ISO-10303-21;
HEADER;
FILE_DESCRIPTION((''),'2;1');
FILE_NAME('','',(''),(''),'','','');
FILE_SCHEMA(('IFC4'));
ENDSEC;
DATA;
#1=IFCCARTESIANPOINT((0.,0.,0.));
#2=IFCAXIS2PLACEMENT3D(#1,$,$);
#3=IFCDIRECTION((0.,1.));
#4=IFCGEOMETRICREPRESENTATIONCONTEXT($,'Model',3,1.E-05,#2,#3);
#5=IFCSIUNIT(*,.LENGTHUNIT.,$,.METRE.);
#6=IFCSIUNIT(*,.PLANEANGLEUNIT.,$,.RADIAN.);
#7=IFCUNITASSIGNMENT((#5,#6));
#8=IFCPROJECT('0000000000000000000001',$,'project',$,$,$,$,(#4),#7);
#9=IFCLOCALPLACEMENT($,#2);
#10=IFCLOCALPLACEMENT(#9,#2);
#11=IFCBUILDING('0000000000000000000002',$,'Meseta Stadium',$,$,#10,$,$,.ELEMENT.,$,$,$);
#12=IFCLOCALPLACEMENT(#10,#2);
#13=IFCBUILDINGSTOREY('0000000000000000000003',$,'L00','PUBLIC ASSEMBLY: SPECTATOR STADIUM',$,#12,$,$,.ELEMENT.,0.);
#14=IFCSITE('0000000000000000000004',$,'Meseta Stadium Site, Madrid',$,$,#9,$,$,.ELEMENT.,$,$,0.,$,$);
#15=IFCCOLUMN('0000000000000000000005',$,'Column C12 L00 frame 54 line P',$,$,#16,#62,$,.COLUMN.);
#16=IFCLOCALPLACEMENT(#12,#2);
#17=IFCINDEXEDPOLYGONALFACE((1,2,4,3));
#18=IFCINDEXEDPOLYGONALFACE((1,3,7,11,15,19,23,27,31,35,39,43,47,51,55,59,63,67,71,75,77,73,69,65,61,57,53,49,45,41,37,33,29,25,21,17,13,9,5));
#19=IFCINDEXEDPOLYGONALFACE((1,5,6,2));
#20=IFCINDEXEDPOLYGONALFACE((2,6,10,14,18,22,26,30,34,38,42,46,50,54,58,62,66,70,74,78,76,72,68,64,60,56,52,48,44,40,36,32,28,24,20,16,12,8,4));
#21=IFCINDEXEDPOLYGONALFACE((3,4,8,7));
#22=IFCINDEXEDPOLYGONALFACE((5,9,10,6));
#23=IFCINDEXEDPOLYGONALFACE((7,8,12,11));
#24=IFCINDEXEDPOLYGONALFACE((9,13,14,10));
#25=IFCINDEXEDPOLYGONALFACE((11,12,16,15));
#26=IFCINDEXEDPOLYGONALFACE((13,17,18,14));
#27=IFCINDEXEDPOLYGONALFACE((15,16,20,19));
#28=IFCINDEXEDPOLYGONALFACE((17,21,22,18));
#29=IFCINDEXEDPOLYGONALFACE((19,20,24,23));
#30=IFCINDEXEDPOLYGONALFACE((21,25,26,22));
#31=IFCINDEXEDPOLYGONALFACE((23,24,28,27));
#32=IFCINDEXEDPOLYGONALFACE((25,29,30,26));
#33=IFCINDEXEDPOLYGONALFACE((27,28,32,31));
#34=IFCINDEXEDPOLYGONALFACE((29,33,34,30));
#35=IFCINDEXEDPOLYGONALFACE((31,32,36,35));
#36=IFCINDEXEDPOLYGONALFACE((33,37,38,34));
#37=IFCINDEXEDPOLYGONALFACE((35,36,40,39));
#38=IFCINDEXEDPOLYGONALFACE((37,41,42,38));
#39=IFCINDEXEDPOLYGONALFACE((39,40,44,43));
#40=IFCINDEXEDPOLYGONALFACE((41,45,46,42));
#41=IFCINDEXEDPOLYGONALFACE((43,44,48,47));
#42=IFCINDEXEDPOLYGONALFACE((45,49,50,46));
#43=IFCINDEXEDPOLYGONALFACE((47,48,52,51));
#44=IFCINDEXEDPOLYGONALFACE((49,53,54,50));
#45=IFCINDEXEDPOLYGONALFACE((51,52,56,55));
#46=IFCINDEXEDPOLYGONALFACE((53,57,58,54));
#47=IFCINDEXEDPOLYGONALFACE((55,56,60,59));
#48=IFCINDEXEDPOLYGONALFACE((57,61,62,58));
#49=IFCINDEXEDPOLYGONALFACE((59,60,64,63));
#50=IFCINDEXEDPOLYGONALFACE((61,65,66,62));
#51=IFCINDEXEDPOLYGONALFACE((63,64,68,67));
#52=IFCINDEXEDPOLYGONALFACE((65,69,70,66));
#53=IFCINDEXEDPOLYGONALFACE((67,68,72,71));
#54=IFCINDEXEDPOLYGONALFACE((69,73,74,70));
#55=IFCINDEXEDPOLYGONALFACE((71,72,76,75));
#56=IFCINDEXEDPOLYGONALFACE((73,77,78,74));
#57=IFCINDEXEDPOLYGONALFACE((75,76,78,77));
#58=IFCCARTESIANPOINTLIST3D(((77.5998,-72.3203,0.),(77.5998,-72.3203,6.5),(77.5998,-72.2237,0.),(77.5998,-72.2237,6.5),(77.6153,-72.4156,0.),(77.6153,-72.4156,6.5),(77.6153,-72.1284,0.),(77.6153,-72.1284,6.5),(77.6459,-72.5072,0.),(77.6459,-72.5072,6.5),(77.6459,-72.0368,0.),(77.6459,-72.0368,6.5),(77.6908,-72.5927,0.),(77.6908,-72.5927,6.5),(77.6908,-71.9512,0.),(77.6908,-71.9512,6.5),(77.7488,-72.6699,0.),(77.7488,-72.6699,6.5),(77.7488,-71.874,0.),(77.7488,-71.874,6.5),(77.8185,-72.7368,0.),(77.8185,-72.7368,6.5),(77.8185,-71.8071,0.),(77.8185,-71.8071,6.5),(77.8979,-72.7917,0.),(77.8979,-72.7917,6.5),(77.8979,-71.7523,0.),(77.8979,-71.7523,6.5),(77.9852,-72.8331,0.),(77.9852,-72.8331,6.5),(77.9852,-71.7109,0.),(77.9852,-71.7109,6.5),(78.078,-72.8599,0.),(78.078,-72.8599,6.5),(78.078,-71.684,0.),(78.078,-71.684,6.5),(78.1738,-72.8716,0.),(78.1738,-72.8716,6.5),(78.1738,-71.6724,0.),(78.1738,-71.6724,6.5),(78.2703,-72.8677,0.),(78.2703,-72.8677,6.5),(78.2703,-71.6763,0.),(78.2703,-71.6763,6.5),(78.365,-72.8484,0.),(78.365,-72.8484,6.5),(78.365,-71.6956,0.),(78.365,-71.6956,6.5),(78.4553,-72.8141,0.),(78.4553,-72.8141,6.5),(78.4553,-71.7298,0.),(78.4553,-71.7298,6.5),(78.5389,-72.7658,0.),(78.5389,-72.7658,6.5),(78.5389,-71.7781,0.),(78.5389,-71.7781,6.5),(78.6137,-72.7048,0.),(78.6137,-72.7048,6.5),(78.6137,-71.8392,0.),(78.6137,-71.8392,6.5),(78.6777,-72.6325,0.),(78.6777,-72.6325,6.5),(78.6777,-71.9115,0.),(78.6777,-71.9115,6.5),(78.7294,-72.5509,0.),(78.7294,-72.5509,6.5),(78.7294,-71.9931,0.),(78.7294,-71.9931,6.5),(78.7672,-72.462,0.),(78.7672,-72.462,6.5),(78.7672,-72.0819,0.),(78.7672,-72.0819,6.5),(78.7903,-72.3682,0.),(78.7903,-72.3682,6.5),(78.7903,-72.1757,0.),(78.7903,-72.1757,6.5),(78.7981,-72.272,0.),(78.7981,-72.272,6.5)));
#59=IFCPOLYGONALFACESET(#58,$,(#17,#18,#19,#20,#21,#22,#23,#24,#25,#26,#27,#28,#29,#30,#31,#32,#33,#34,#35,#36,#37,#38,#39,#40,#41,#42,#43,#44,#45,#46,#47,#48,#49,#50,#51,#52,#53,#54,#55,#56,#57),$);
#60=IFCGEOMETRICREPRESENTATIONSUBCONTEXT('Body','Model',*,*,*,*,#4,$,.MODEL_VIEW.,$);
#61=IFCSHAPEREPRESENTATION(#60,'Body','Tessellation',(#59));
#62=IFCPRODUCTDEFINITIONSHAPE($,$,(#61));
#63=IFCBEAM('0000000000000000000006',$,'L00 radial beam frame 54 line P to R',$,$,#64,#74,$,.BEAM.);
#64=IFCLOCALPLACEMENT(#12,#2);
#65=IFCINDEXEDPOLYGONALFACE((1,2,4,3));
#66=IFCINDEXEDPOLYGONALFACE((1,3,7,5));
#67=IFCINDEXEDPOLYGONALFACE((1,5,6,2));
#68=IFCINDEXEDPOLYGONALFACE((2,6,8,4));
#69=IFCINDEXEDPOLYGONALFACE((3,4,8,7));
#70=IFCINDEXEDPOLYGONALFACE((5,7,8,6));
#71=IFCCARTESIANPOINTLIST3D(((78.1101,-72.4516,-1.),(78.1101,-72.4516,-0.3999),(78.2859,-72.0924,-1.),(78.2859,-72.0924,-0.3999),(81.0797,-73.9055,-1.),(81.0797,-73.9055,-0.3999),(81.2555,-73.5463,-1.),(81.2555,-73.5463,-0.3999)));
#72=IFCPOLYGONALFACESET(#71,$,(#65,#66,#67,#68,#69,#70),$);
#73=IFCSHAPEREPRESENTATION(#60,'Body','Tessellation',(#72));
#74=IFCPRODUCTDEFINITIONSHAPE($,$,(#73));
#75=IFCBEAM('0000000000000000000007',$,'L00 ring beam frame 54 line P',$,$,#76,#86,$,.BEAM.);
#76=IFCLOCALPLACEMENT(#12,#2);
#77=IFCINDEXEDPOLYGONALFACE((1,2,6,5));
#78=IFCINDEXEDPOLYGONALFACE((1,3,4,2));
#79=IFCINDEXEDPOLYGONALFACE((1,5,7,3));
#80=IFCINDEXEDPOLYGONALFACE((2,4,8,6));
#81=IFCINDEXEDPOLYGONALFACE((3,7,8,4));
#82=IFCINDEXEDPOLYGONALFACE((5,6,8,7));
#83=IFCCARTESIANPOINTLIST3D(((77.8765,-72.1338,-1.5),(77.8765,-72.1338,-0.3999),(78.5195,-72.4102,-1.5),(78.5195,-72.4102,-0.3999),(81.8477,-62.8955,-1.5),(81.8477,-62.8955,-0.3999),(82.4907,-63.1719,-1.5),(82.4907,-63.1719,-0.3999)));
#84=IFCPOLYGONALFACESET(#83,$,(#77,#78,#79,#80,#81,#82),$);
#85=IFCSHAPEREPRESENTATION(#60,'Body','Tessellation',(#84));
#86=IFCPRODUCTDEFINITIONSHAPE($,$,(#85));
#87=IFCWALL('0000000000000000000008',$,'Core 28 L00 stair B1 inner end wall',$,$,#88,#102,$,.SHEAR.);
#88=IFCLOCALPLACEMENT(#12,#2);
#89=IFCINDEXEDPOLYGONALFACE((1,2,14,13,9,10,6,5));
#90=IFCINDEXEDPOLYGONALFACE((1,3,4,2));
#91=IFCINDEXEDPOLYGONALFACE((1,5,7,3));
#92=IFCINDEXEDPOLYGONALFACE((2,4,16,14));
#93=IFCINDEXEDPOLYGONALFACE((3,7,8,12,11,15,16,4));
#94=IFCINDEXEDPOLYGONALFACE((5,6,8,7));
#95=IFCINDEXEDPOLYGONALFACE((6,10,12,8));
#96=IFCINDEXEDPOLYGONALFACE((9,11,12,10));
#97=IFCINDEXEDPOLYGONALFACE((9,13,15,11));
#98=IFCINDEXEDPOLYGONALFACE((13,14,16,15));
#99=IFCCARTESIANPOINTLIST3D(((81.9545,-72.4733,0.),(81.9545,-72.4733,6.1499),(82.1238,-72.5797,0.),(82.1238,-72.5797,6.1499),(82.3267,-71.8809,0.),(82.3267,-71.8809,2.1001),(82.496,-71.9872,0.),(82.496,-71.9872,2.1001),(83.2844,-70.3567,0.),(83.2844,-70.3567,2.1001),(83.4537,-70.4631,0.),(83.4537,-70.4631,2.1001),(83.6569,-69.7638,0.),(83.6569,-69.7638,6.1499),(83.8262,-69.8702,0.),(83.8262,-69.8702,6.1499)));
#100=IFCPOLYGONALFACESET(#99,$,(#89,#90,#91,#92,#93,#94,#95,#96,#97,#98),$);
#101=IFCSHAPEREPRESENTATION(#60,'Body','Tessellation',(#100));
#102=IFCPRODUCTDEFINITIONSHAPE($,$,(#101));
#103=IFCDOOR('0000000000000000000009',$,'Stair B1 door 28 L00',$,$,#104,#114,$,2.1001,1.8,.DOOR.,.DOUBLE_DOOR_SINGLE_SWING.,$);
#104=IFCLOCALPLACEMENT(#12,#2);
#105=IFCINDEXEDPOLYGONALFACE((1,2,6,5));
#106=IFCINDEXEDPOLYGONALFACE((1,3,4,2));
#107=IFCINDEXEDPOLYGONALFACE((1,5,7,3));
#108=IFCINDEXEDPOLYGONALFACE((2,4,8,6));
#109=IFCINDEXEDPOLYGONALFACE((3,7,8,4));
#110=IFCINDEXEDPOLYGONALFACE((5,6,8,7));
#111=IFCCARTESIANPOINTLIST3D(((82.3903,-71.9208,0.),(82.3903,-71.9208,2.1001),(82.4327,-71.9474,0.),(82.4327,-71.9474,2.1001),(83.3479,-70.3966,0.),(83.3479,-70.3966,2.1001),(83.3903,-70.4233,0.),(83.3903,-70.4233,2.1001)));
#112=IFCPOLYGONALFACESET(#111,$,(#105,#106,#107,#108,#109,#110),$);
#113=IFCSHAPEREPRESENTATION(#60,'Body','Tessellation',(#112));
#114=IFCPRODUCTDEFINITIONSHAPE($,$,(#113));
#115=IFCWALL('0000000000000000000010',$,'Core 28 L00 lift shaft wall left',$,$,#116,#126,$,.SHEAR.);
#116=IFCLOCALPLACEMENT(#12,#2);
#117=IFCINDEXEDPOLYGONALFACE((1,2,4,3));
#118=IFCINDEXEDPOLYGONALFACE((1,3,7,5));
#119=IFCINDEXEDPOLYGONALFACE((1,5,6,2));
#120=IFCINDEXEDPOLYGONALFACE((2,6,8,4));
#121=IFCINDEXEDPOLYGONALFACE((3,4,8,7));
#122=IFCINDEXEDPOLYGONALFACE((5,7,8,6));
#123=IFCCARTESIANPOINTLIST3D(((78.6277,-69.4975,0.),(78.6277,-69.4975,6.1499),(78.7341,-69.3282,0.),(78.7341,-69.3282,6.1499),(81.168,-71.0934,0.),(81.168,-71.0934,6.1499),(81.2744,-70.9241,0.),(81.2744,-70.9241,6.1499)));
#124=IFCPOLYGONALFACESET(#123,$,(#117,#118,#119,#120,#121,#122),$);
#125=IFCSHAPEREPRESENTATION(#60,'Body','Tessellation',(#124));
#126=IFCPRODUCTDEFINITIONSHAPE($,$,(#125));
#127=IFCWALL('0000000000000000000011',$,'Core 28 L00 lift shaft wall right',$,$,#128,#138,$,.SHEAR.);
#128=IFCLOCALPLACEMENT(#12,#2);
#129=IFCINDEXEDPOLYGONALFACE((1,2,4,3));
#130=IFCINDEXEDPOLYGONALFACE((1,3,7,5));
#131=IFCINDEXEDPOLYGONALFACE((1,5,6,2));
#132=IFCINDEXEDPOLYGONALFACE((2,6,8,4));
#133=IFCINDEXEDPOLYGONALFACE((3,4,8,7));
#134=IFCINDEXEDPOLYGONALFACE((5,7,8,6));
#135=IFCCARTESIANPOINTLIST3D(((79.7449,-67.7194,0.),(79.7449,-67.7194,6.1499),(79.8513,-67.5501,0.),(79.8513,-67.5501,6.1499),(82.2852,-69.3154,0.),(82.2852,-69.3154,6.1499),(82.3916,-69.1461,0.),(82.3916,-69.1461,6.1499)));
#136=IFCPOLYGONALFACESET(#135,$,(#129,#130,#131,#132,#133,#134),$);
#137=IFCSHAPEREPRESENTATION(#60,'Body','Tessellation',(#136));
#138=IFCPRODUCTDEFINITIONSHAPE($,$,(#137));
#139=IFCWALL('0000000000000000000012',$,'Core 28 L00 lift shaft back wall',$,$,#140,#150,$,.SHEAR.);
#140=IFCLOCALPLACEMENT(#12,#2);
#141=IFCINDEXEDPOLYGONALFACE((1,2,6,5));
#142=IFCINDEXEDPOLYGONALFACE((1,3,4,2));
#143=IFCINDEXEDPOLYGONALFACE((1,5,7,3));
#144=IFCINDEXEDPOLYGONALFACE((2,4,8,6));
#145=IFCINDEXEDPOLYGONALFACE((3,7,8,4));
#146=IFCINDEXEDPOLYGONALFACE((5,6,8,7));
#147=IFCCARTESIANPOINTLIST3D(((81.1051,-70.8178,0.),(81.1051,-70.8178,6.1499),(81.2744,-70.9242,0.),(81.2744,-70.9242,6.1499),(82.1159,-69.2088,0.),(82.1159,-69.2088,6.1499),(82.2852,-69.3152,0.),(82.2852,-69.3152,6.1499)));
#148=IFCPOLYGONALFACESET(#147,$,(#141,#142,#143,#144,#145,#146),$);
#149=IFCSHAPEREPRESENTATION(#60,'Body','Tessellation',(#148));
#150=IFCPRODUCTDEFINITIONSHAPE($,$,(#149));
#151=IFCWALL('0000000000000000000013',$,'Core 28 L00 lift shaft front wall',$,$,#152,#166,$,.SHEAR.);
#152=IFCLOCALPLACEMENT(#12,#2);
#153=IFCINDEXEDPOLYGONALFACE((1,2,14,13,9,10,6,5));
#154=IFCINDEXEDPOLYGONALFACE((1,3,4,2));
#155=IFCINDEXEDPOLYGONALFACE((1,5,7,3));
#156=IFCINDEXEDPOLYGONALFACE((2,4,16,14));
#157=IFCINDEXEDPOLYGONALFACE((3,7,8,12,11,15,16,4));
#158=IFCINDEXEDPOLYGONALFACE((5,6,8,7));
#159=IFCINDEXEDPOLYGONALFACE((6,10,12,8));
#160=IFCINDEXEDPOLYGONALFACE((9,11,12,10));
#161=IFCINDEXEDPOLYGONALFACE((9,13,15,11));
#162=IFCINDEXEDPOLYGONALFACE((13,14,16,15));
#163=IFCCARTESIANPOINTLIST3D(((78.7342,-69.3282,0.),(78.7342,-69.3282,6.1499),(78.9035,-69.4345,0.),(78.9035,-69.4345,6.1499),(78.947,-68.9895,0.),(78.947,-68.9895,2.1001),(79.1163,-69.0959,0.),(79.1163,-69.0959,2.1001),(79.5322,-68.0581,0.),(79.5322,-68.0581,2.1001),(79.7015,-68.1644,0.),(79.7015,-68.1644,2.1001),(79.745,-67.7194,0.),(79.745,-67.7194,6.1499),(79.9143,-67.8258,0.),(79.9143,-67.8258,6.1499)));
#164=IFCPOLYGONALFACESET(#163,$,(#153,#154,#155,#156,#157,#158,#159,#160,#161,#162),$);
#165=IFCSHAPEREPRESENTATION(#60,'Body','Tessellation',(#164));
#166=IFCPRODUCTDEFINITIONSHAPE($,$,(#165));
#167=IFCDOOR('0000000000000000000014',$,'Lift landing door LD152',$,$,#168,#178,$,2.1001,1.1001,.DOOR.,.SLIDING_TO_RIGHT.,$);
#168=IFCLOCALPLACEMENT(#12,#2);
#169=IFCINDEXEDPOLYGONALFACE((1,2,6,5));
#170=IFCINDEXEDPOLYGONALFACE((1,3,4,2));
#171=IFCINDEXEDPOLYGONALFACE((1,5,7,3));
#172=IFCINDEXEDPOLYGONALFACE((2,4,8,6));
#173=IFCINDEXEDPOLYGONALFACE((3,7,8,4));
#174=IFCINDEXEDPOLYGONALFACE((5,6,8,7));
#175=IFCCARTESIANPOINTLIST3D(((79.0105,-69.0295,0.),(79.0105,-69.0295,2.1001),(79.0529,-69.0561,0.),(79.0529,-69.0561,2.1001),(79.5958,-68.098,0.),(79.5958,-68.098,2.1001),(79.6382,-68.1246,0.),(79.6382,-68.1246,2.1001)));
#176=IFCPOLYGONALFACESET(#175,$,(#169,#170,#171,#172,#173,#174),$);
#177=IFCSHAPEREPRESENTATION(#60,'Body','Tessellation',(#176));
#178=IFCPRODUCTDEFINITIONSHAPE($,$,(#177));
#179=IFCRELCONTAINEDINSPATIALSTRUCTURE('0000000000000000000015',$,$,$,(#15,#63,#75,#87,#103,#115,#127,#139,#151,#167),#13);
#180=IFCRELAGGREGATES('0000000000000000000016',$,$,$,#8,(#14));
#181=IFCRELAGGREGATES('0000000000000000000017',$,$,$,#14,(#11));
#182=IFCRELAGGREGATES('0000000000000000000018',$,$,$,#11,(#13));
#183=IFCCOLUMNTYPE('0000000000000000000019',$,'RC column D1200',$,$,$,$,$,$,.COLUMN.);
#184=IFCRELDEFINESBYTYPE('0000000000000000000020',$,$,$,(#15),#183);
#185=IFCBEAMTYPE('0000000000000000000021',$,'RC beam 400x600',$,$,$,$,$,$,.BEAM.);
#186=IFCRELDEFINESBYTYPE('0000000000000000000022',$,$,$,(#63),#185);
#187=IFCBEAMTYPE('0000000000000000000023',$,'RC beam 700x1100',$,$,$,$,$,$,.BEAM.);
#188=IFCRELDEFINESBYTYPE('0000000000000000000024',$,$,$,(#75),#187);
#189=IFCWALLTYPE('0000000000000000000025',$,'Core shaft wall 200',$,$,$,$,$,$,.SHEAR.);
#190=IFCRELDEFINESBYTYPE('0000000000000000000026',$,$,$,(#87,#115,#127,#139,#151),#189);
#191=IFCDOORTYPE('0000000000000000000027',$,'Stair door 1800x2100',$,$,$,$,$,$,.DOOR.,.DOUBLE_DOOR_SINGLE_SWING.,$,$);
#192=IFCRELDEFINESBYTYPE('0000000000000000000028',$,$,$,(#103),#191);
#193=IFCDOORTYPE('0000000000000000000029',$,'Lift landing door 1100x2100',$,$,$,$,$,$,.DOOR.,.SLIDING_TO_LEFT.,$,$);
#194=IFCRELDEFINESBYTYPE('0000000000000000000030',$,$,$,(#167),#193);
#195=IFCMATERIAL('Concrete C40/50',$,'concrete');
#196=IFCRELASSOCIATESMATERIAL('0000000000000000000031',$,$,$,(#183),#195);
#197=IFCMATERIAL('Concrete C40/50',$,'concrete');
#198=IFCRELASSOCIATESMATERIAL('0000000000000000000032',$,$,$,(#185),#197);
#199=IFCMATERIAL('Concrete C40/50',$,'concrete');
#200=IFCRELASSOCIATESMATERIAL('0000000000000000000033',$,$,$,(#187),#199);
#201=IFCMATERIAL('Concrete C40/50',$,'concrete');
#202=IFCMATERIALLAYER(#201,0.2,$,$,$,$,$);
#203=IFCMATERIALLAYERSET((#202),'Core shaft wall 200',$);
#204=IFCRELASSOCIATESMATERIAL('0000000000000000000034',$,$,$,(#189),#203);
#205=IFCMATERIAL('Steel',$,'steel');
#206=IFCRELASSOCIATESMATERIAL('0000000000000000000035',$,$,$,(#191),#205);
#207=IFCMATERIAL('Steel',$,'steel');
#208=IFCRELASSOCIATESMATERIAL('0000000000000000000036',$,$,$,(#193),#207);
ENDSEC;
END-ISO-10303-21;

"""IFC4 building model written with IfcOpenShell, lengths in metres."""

from ifc_helpers import new_model, si_unit, direction, frame, frame_2d, origin, origin_2d, place, context, subcontext, project, spatial, rectangle, circle, extrude, material, layer, layer_set, material_profile, profile_set, type_object, element, fill, save


model = new_model("IFC4")

# Units and contexts
model_context = context("Model", 3, precision=1e-05, world=origin(), true_north=direction((0.0, 1.0)))
body_context = subcontext(model_context, "Body", "Model", "MODEL_VIEW")
ifc_project = project(units=[si_unit("LENGTHUNIT", "METRE"), si_unit("PLANEANGLEUNIT", "RADIAN")], contexts=[model_context])

# Site, building, storey
site_placement = place(None, origin())
site = spatial("IfcSite", under=ifc_project, at=site_placement, Name="Meseta Stadium Site, Madrid", CompositionType="ELEMENT", RefElevation=0.0)
building_placement = place(site_placement, origin())
building = spatial("IfcBuilding", under=site, at=building_placement, Name="Meseta Stadium", CompositionType="ELEMENT")
storey_placement = place(building_placement, origin())
storey = spatial("IfcBuildingStorey", under=building, at=storey_placement, Name="L00", Description="PUBLIC ASSEMBLY: SPECTATOR STADIUM", CompositionType="ELEMENT", Elevation=0.0)

# Column
ifc_material_1 = material(Name="Concrete C40/50", Category="concrete")
ifc_material_profile_1 = material_profile(ifc_material_1, circle(Radius=0.6001, at=origin_2d()), Name="RC D1200")
ifc_profile_set_1 = profile_set([ifc_material_profile_1], Name="Concrete C40/50")
column_type = type_object("IfcColumnType", Name="RC column D1200", PredefinedType="COLUMN", material=ifc_profile_set_1)
column_placement = place(storey_placement, frame((78.198, -72.272, 0.0), z_axis=(0.0, 0.0, 1.0), x_axis=(1.0, 0.0, 0.0)))
element("IfcColumn", 1, at=column_placement, inside=storey, type_object=column_type, Name="Column C12 L00 frame 54 line P", PredefinedType="COLUMN", context=body_context, shape_type="SweptSolid", body=[
    extrude(circle(Radius=0.6001, at=origin_2d()), origin(), (0.0, 0.0, 1.0), 6.5),
])

# Beams
ifc_material_2 = material(Name="Concrete C40/50", Category="concrete")
ifc_material_profile_2 = material_profile(ifc_material_2, rectangle(XDim=0.3999, YDim=0.6001, at=origin_2d()), Name="RC 400x600")
ifc_profile_set_2 = profile_set([ifc_material_profile_2], Name="Concrete C40/50")
beam_type_1 = type_object("IfcBeamType", Name="RC beam 400x600", PredefinedType="BEAM", material=ifc_profile_set_2)
beam_1_placement = place(storey_placement, frame((78.198, -72.272, -0.7), z_axis=(0.898132, -0.439725, 0.0), x_axis=(0.439725, 0.898132, 0.0)))
element("IfcBeam", 2, at=beam_1_placement, inside=storey, type_object=beam_type_1, Name="L00 radial beam frame 54 line P to R", PredefinedType="BEAM", context=body_context, shape_type="SweptSolid", body=[
    extrude(rectangle(XDim=0.3999, YDim=0.6001, at=origin_2d()), origin(), (0.0, 0.0, 1.0), 3.3064),
])
ifc_material_3 = material(Name="Concrete C40/50", Category="concrete")
ifc_material_profile_3 = material_profile(ifc_material_3, rectangle(XDim=0.7, YDim=1.1001, at=origin_2d()), Name="RC 700x1100")
ifc_profile_set_3 = profile_set([ifc_material_profile_3], Name="Concrete C40/50")
beam_type_2 = type_object("IfcBeamType", Name="RC beam 700x1100", PredefinedType="BEAM", material=ifc_profile_set_3)
beam_2_placement = place(storey_placement, frame((78.198, -72.272, -0.95), z_axis=(0.394921, 0.918715, 0.0), x_axis=(-0.918715, 0.394921, 0.0)))
element("IfcBeam", 3, at=beam_2_placement, inside=storey, type_object=beam_type_2, Name="L00 ring beam frame 54 line P", PredefinedType="BEAM", context=body_context, shape_type="SweptSolid", body=[
    extrude(rectangle(XDim=0.7, YDim=1.1001, at=origin_2d()), origin(), (0.0, 0.0, 1.0), 10.0557),
])

# Wall, opening, door
ifc_material_4 = material(Name="Concrete C40/50", Category="concrete")
ifc_layer_1 = layer(ifc_material_4, 0.2)
ifc_layer_set_1 = layer_set([ifc_layer_1], Name="Core shaft wall 200")
wall_type_1 = type_object("IfcWallType", Name="Core shaft wall 200", PredefinedType="SHEAR", material=ifc_layer_set_1)
wall_1_placement = place(storey_placement, frame((82.0391, -72.5266, 0.0), z_axis=(0.0, 0.0, 1.0), x_axis=(0.532014, 0.846736, 0.0)))
wall_1 = element("IfcWall", 4, at=wall_1_placement, inside=storey, type_object=wall_type_1, Name="Core 28 L00 stair B1 inner end wall", PredefinedType="SHEAR", context=body_context, shape_type="SweptSolid", body=[
    extrude(rectangle(XDim=3.2, YDim=0.2, at=frame_2d((1.6001, 0.0))), origin(), (0.0, 0.0, 1.0), 6.1499),
])
opening_1_placement = place(wall_1_placement, frame((0.7, 0.0, 0.0)))
opening_1 = element("IfcOpeningElement", 5, at=opening_1_placement, cuts=wall_1, PredefinedType="OPENING", context=body_context, shape_type="SweptSolid", body=[
    extrude(rectangle(XDim=1.8, YDim=2.1001, at=frame_2d((0.8999, 1.05))), frame((0.0, 0.1099, 0.0), z_axis=(0.0, -1.0, 0.0), x_axis=(1.0, 0.0, 0.0)), (0.0, 0.0, 1.0), 0.22),
])
ifc_material_5 = material(Name="Steel", Category="steel")
door_type_1 = type_object("IfcDoorType", Name="Stair door 1800x2100", OperationType="DOUBLE_DOOR_SINGLE_SWING", PredefinedType="DOOR", material=ifc_material_5)
door_1_placement = place(opening_1_placement, origin())
door_1 = element("IfcDoor", 6, at=door_1_placement, inside=storey, type_object=door_type_1, Name="Stair B1 door 28 L00", OperationType="DOUBLE_DOOR_SINGLE_SWING", OverallHeight=2.1001, OverallWidth=1.8, PredefinedType="DOOR", context=body_context, shape_type="SweptSolid", body=[
    extrude(rectangle(XDim=1.8, YDim=2.1001, at=frame_2d((0.8999, 1.05))), frame((0.0, 0.0249, 0.0), z_axis=(0.0, -1.0, 0.0), x_axis=(1.0, 0.0, 0.0)), (0.0, 0.0, 1.0), 0.05),
])
fill(opening_1, door_1)

# Walls
for number, where, z_axis, x_axis, name in (
    (7, (81.2212, -71.0088, 0.0), (0.0, 0.0, 1.0), (-0.846757, 0.53198, 0.0), "Core 28 L00 lift shaft wall left"),
    (8, (82.3384, -69.2307, 0.0), (0.0, 0.0, 1.0), (-0.846757, 0.53198, 0.0), "Core 28 L00 lift shaft wall right"),
):
    element("IfcWall", number, at=place(storey_placement, frame(where, z_axis=z_axis, x_axis=x_axis)), inside=storey, type_object=wall_type_1, Name=name, PredefinedType="SHEAR", context=body_context, shape_type="SweptSolid", body=[
        extrude(rectangle(XDim=3.0, YDim=0.2, at=frame_2d((1.5, 0.0))), origin(), (0.0, 0.0, 1.0), 6.1499),
    ])
wall_2_placement = place(storey_placement, frame((81.1897, -70.8711, 0.0), z_axis=(0.0, 0.0, 1.0), x_axis=(0.531961, 0.846769, 0.0)))
element("IfcWall", 9, at=wall_2_placement, inside=storey, type_object=wall_type_1, Name="Core 28 L00 lift shaft back wall", PredefinedType="SHEAR", context=body_context, shape_type="SweptSolid", body=[
    extrude(rectangle(XDim=1.9001, YDim=0.2, at=frame_2d((0.9502, 0.0))), origin(), (0.0, 0.0, 1.0), 6.1499),
])

# Wall, opening, door
wall_3_placement = place(storey_placement, frame((78.8188, -69.3813, 0.0), z_axis=(0.0, 0.0, 1.0), x_axis=(0.532019, 0.846732, 0.0)))
wall_3 = element("IfcWall", 10, at=wall_3_placement, inside=storey, type_object=wall_type_1, Name="Core 28 L00 lift shaft front wall", PredefinedType="SHEAR", context=body_context, shape_type="SweptSolid", body=[
    extrude(rectangle(XDim=1.8999, YDim=0.2, at=frame_2d((0.95, 0.0))), origin(), (0.0, 0.0, 1.0), 6.1499),
])
opening_2_placement = place(wall_3_placement, frame((0.3999, 0.0, 0.0)))
opening_2 = element("IfcOpeningElement", 11, at=opening_2_placement, cuts=wall_3, PredefinedType="OPENING", context=body_context, shape_type="SweptSolid", body=[
    extrude(rectangle(XDim=1.1001, YDim=2.1001, at=frame_2d((0.55, 1.05))), frame((0.0, 0.1099, 0.0), z_axis=(0.0, -1.0, 0.0), x_axis=(1.0, 0.0, 0.0)), (0.0, 0.0, 1.0), 0.22),
])
ifc_material_6 = material(Name="Steel", Category="steel")
door_type_2 = type_object("IfcDoorType", Name="Lift landing door 1100x2100", OperationType="SLIDING_TO_LEFT", PredefinedType="DOOR", material=ifc_material_6)
door_2_placement = place(opening_2_placement, origin())
door_2 = element("IfcDoor", 12, at=door_2_placement, inside=storey, type_object=door_type_2, Name="Lift landing door LD152", OperationType="SLIDING_TO_RIGHT", OverallHeight=2.1001, OverallWidth=1.1001, PredefinedType="DOOR", context=body_context, shape_type="SweptSolid", body=[
    extrude(rectangle(XDim=1.1001, YDim=2.1001, at=frame_2d((0.55, 1.05))), frame((0.0, 0.0249, 0.0), z_axis=(0.0, -1.0, 0.0), x_axis=(1.0, 0.0, 0.0)), (0.0, 0.0, 1.0), 0.05),
])
fill(opening_2, door_2)

save(model, "model.ifc")
